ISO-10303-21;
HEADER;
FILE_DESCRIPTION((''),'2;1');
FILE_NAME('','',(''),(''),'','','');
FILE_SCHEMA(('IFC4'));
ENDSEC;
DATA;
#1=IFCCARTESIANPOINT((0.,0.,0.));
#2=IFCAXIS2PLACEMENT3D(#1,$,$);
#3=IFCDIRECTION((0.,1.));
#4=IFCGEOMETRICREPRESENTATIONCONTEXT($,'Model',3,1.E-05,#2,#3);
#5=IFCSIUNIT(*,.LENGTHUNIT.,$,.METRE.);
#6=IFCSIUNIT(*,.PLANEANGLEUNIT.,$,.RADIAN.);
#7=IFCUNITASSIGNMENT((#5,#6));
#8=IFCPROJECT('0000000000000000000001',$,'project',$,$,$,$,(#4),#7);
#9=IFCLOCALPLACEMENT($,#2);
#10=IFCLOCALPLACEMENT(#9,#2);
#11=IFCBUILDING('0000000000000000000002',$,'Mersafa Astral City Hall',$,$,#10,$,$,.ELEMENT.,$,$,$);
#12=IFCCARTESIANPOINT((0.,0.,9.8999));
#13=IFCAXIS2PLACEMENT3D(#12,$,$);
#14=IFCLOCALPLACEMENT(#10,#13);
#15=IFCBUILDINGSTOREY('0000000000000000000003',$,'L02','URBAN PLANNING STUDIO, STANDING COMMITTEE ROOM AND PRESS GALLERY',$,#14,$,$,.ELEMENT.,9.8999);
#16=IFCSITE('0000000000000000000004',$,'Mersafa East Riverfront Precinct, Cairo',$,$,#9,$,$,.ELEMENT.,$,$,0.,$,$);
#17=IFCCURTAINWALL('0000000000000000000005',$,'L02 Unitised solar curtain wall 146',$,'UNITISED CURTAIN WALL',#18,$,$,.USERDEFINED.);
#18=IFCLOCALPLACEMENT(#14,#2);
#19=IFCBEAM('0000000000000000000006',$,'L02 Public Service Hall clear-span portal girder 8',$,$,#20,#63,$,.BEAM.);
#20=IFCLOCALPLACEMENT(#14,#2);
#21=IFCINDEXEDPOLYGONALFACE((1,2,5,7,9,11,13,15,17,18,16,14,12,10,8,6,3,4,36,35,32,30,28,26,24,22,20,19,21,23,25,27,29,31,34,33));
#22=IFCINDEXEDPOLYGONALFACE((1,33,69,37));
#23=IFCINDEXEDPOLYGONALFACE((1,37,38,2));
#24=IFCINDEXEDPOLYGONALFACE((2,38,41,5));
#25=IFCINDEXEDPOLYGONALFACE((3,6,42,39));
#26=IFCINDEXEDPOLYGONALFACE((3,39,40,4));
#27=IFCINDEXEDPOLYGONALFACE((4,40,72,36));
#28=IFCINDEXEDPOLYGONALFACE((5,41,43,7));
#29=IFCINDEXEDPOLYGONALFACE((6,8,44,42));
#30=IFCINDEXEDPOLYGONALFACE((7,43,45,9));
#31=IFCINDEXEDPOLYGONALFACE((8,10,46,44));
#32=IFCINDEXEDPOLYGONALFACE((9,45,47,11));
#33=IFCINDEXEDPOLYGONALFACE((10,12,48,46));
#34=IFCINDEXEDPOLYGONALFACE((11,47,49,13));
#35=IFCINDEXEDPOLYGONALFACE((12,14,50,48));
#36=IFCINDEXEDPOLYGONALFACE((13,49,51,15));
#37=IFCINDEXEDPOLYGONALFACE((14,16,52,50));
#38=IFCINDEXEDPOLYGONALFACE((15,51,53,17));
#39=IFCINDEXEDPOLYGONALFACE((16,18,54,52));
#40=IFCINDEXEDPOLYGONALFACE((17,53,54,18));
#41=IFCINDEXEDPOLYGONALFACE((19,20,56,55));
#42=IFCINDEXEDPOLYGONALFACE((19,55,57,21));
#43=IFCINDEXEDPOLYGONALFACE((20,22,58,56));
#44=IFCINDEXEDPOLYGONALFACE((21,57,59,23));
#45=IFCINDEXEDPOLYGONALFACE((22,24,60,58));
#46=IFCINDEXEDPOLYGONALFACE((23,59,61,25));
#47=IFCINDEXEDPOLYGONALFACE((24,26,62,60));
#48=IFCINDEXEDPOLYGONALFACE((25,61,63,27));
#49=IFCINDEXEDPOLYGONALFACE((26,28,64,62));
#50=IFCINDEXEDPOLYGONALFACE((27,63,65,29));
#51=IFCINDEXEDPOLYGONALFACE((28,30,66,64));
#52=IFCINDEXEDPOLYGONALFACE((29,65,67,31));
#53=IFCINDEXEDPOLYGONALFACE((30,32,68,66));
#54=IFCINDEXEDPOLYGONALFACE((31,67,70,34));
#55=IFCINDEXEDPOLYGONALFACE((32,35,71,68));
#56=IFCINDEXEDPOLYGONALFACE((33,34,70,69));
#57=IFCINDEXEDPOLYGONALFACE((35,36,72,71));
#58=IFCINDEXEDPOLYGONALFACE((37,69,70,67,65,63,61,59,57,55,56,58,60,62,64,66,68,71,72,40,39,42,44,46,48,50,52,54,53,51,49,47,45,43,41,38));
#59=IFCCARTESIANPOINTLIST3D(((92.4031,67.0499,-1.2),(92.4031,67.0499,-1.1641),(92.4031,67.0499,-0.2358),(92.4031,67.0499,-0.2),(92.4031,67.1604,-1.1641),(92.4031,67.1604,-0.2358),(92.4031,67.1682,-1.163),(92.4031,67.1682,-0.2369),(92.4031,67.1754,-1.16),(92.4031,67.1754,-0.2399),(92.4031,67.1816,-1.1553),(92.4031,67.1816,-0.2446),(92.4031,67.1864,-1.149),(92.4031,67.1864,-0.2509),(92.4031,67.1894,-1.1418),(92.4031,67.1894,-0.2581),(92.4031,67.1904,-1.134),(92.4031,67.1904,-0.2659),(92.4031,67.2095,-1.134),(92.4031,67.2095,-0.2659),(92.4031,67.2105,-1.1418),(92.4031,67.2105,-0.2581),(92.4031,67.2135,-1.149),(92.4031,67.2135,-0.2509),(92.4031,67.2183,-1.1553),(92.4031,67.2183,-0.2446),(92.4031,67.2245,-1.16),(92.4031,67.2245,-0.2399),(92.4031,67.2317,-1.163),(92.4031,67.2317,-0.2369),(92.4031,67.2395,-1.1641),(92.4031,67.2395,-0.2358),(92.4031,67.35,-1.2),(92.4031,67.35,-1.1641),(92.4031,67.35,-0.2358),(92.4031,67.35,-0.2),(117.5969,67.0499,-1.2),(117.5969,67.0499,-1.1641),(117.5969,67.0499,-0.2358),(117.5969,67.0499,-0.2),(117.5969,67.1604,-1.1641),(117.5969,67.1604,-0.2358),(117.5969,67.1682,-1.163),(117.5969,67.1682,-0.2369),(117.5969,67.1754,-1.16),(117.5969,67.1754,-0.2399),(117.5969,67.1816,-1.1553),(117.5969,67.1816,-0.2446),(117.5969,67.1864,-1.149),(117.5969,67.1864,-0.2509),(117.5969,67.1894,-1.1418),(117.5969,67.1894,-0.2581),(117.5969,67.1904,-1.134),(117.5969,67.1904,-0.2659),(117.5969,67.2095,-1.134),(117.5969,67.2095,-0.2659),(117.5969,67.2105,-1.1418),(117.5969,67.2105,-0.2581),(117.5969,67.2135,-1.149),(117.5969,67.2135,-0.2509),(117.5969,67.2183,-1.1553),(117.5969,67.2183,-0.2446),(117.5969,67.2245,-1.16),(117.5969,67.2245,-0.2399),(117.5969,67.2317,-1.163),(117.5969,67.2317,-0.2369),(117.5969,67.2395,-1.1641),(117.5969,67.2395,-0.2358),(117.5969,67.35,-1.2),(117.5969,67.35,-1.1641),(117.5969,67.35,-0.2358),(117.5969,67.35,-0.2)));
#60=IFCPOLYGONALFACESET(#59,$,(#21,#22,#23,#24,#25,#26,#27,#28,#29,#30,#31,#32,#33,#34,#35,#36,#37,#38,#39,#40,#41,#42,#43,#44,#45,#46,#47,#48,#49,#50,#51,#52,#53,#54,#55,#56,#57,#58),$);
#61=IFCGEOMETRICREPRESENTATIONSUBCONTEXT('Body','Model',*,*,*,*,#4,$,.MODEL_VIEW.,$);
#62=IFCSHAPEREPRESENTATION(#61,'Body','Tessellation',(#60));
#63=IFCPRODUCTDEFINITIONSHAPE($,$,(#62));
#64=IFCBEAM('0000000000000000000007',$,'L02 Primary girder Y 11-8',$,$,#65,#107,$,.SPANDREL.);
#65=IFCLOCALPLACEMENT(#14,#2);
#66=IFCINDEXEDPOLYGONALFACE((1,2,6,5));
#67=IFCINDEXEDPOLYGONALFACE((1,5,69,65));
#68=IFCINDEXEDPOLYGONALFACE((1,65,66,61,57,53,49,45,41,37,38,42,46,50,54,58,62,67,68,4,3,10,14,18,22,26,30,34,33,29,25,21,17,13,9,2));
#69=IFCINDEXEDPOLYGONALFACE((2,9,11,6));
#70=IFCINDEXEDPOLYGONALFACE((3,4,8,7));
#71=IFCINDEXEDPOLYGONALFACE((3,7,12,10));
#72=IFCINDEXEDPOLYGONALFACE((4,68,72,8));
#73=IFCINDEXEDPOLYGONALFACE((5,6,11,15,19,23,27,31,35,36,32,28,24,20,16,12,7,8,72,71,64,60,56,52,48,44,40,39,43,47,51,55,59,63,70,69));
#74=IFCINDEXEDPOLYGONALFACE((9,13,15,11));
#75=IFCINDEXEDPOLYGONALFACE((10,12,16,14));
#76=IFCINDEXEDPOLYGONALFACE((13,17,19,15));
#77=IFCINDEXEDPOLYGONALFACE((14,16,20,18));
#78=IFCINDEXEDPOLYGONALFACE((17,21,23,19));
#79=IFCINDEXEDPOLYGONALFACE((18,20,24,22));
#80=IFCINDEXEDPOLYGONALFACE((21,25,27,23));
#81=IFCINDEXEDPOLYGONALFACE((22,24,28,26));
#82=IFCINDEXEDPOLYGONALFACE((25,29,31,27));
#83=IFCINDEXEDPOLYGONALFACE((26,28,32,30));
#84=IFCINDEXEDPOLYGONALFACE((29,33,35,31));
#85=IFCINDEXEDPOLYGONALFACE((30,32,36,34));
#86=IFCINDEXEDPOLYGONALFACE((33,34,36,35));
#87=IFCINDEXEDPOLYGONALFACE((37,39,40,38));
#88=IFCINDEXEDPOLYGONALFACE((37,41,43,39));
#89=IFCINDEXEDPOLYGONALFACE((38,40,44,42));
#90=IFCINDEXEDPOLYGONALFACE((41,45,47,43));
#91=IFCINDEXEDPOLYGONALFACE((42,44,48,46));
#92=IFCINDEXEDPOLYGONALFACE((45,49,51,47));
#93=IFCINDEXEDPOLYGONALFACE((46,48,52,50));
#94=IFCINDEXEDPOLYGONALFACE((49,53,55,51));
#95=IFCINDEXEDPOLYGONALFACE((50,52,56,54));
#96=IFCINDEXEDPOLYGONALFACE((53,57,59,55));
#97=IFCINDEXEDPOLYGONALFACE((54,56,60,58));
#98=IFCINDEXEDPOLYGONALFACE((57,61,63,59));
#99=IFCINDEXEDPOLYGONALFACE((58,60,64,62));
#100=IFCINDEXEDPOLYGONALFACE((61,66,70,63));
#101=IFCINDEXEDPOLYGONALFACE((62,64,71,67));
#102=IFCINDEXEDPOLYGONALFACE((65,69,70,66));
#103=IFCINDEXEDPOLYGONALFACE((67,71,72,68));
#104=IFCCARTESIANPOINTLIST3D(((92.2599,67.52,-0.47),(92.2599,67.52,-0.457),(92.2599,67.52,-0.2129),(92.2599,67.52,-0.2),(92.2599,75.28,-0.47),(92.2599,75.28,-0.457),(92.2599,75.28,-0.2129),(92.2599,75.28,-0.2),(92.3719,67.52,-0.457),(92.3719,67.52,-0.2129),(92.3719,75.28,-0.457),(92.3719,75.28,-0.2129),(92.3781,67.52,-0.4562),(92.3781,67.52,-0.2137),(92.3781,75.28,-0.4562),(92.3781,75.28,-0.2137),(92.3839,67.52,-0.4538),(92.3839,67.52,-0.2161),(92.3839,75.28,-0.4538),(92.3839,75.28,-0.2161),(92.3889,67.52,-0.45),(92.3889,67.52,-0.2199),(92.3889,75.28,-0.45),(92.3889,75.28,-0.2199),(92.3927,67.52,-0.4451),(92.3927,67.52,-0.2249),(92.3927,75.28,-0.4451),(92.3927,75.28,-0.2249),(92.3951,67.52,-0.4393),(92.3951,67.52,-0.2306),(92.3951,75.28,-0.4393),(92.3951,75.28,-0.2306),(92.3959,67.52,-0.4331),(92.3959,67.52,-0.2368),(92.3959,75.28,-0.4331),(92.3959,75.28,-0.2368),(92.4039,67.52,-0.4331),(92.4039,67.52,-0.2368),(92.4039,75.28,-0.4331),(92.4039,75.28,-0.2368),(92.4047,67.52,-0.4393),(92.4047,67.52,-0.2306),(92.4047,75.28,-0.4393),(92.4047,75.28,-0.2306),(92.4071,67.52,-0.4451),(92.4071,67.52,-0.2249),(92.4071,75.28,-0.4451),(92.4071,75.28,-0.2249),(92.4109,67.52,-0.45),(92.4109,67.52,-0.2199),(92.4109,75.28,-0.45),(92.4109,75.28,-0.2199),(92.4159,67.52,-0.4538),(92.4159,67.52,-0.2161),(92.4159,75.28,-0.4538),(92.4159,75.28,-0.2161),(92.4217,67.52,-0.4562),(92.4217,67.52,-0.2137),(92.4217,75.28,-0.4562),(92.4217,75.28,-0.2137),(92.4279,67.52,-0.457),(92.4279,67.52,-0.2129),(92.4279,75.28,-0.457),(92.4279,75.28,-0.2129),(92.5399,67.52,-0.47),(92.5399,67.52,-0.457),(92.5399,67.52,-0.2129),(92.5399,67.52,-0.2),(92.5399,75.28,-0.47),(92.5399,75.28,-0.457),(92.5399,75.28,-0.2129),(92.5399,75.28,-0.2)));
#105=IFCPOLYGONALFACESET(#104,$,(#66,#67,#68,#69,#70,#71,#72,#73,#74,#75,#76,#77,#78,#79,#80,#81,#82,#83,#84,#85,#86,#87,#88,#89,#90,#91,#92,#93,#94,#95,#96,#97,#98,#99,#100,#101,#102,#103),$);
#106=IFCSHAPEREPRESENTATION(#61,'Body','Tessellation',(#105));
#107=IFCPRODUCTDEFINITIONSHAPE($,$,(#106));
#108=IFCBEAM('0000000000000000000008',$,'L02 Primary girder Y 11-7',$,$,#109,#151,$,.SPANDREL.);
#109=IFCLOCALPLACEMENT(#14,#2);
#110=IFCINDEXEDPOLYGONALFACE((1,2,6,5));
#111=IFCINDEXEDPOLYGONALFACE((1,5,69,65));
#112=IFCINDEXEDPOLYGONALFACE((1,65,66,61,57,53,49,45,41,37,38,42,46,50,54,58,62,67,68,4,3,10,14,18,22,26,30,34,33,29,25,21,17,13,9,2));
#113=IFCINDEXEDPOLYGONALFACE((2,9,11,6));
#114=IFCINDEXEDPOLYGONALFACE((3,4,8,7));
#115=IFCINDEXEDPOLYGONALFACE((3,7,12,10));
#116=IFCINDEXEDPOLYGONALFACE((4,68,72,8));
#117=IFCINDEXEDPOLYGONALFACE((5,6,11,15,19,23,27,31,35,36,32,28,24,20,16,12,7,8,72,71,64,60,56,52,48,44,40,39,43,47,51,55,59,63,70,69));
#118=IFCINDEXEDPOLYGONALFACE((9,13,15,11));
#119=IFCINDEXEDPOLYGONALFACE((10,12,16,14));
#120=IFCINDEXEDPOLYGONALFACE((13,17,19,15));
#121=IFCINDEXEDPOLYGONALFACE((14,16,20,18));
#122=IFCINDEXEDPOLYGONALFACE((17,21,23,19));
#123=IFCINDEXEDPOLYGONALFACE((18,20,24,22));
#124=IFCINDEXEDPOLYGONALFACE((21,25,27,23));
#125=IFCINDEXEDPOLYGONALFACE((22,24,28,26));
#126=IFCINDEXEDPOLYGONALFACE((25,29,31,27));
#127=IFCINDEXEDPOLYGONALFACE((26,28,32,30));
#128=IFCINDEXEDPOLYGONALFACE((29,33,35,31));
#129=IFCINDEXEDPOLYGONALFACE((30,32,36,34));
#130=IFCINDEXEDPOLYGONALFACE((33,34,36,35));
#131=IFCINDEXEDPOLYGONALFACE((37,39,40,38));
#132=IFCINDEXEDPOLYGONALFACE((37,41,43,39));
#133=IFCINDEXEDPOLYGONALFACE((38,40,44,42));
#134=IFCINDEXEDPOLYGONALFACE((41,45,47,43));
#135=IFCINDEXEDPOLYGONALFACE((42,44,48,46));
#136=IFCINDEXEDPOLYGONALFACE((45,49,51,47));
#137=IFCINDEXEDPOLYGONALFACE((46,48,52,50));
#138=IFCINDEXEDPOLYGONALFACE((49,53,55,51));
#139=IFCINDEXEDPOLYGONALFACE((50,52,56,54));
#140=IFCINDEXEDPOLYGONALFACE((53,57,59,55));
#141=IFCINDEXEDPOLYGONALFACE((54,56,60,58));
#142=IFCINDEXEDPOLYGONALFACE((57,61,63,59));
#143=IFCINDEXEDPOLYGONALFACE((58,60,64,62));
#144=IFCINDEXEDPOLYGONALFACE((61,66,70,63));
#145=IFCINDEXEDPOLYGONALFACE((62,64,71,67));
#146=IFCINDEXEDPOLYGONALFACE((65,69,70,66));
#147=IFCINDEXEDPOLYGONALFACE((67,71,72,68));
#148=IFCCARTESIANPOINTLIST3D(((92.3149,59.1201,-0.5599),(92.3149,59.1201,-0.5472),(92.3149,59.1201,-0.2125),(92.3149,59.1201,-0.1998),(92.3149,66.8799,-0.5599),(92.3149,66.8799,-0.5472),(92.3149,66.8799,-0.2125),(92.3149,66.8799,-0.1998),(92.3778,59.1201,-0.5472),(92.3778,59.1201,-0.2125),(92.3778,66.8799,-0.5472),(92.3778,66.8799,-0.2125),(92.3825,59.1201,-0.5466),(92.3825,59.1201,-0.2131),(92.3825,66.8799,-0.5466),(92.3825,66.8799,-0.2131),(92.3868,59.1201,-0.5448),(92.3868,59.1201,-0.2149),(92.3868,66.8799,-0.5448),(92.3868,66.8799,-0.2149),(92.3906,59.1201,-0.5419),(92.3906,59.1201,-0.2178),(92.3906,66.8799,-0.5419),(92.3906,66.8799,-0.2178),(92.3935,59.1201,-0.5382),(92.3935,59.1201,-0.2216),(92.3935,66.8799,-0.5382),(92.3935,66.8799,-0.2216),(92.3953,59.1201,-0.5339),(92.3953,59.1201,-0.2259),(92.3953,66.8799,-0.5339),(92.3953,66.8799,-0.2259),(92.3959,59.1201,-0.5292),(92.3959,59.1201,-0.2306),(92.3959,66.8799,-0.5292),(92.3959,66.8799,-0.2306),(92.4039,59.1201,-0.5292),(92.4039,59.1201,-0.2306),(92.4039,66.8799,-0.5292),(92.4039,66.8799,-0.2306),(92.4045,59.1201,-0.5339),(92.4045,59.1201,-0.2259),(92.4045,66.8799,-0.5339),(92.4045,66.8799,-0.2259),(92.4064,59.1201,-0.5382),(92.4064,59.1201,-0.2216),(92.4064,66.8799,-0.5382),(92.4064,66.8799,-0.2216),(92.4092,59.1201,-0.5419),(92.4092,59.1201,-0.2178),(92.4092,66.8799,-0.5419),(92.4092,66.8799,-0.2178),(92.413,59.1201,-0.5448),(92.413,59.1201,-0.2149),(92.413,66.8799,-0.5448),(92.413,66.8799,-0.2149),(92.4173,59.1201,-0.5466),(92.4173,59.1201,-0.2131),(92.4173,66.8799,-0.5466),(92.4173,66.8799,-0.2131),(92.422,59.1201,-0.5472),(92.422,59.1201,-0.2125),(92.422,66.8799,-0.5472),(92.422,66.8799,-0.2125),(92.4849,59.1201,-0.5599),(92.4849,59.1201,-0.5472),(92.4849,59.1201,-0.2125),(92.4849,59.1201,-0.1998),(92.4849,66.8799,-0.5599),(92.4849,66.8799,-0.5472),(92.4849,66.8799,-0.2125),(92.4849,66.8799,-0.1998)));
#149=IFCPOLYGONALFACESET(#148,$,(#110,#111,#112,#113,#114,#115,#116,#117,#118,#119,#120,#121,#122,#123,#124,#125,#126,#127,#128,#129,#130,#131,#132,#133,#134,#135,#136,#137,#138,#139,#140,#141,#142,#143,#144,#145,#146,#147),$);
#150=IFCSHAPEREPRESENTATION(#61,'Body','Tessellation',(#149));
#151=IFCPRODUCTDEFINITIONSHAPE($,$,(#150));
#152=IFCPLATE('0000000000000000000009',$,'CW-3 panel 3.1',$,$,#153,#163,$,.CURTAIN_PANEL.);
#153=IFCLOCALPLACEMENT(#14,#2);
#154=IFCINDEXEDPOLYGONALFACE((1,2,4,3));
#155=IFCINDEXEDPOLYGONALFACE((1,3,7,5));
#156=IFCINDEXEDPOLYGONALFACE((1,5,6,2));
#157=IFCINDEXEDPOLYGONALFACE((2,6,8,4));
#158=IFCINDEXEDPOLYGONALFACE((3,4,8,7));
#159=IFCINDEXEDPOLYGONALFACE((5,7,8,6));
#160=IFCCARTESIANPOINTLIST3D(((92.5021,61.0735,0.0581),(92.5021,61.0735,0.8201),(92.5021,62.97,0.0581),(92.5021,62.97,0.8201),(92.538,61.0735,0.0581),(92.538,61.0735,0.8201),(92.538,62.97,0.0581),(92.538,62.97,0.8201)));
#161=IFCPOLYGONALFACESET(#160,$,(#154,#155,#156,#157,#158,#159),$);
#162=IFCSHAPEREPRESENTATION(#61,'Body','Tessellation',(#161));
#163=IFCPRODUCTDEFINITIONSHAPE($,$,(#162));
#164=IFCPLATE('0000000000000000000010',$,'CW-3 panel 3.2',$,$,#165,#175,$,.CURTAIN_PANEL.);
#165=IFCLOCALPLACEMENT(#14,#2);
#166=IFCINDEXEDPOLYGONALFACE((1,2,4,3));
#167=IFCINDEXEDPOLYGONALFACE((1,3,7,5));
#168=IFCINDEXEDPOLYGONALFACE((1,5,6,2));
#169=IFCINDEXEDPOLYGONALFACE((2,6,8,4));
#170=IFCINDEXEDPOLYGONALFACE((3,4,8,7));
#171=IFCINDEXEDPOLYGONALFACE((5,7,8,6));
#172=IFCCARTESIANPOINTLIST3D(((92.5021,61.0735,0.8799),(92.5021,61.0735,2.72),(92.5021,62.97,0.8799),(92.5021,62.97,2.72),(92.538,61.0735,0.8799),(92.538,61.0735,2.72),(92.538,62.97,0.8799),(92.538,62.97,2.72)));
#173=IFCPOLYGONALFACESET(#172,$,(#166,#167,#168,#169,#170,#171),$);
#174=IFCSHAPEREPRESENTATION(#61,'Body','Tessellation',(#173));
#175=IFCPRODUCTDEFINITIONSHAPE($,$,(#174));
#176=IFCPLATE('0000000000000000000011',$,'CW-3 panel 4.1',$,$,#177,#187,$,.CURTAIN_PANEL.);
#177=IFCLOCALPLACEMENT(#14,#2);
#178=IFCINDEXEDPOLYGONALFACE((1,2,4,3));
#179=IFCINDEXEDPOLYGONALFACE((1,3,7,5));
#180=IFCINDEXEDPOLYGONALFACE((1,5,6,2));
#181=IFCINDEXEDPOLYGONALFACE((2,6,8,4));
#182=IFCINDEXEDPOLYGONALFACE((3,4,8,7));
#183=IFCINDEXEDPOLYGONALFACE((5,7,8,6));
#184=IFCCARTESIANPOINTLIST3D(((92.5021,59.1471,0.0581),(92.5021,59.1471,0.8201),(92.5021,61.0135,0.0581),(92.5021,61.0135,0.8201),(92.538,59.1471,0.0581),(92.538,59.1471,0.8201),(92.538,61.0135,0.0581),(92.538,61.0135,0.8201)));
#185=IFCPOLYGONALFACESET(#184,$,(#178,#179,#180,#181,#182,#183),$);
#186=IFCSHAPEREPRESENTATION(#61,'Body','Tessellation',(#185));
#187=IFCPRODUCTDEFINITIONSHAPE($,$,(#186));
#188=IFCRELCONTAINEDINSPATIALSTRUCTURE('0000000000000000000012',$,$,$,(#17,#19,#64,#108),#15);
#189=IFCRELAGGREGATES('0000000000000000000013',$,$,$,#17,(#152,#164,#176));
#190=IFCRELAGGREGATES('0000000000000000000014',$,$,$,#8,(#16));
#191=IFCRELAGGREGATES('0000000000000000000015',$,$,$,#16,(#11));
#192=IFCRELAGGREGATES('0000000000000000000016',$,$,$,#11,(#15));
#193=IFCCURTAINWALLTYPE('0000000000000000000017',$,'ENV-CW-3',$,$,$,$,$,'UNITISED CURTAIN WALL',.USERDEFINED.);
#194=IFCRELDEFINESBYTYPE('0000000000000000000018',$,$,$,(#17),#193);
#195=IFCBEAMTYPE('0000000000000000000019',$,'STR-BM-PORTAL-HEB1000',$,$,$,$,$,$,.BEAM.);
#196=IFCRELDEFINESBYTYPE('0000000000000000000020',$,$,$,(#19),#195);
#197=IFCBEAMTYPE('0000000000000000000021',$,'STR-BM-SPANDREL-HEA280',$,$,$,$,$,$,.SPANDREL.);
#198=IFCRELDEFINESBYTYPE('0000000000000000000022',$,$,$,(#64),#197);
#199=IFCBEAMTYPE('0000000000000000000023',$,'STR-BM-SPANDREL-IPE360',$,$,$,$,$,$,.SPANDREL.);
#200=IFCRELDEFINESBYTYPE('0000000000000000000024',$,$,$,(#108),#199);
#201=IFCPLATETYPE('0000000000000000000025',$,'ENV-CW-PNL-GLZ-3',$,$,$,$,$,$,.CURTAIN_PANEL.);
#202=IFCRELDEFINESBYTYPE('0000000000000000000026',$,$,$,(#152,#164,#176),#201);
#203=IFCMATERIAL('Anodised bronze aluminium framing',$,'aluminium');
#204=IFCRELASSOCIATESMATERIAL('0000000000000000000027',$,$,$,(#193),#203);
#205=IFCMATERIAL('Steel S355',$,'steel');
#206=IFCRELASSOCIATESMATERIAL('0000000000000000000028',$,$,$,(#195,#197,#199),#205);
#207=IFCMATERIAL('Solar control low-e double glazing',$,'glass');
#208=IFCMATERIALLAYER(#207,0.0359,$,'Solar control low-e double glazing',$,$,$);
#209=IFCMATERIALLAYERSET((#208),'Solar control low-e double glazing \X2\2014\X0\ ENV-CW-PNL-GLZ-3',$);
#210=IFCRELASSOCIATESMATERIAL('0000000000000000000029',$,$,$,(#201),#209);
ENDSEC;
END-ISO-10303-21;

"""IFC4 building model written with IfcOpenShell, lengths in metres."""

from ifc_helpers import new_model, si_unit, direction, frame, origin, origin_2d, place, context, subcontext, project, spatial, rectangle, i_section, extrude, material, layer, layer_set, material_profile, profile_set, type_object, element, aggregate, save


model = new_model("IFC4")

# Units and contexts
model_context = context("Model", 3, precision=1e-05, world=origin(), true_north=direction((0.0, 1.0)))
body_context = subcontext(model_context, "Body", "Model", "MODEL_VIEW")
ifc_project = project(units=[si_unit("LENGTHUNIT", "METRE"), si_unit("PLANEANGLEUNIT", "RADIAN")], contexts=[model_context])

# Site, building, storey
site_placement = place(None, origin())
site = spatial("IfcSite", under=ifc_project, at=site_placement, Name="Mersafa East Riverfront Precinct, Cairo", CompositionType="ELEMENT", RefElevation=0.0)
building_placement = place(site_placement, origin())
building = spatial("IfcBuilding", under=site, at=building_placement, Name="Mersafa Astral City Hall", CompositionType="ELEMENT")
storey_placement = place(building_placement, frame((0.0, 0.0, 9.8999)))
storey = spatial("IfcBuildingStorey", under=building, at=storey_placement, Name="L02", Description="URBAN PLANNING STUDIO, STANDING COMMITTEE ROOM AND PRESS GALLERY", CompositionType="ELEMENT", Elevation=9.8999)

# Shared definitions
ifc_material_1 = material(Name="Steel S355", Category="steel")

# Curtain wall
ifc_material_2 = material(Name="Anodised bronze aluminium framing", Category="aluminium")
curtain_wall_type = type_object("IfcCurtainWallType", Name="ENV-CW-3", ElementType="UNITISED CURTAIN WALL", PredefinedType="USERDEFINED", material=ifc_material_2)
curtain_wall_placement = place(storey_placement, origin())
curtain_wall = element("IfcCurtainWall", 1, at=curtain_wall_placement, inside=storey, type_object=curtain_wall_type, Name="L02 Unitised solar curtain wall 146", ObjectType="UNITISED CURTAIN WALL", PredefinedType="USERDEFINED")

# Beams
ifc_material_profile_1 = material_profile(ifc_material_1, i_section(OverallWidth=0.3, OverallDepth=1.0, WebThickness=0.019, FlangeThickness=0.0359, FilletRadius=0.03, at=origin_2d()), Name="HEB 1000")
ifc_profile_set_1 = profile_set([ifc_material_profile_1], Name="Steel S355")
beam_type_1 = type_object("IfcBeamType", Name="STR-BM-PORTAL-HEB1000", PredefinedType="BEAM", material=ifc_profile_set_1)
beam_1_placement = place(storey_placement, frame((92.4031, 67.2, -0.7), z_axis=(1.0, 0.0, 0.0), x_axis=(0.0, 1.0, 0.0)))
element("IfcBeam", 2, at=beam_1_placement, inside=storey, type_object=beam_type_1, Name="L02 Public Service Hall clear-span portal girder 8", PredefinedType="BEAM", context=body_context, shape_type="SweptSolid", body=[
    extrude(i_section(OverallWidth=0.3, OverallDepth=1.0, WebThickness=0.019, FlangeThickness=0.0359, FilletRadius=0.03, at=origin_2d()), origin(), (0.0, 0.0, 1.0), 25.1938),
])
ifc_material_profile_2 = material_profile(ifc_material_1, i_section(OverallWidth=0.28, OverallDepth=0.27, WebThickness=0.0081, FlangeThickness=0.0129, FilletRadius=0.0239, at=origin_2d()), Name="HEA 280")
ifc_profile_set_2 = profile_set([ifc_material_profile_2], Name="Steel S355")
beam_type_2 = type_object("IfcBeamType", Name="STR-BM-SPANDREL-HEA280", PredefinedType="SPANDREL", material=ifc_profile_set_2)
beam_2_placement = place(storey_placement, frame((92.3999, 67.52, -0.335), z_axis=(0.0, 1.0, 0.0), x_axis=(-1.0, 0.0, 0.0)))
element("IfcBeam", 3, at=beam_2_placement, inside=storey, type_object=beam_type_2, Name="L02 Primary girder Y 11-8", PredefinedType="SPANDREL", context=body_context, shape_type="SweptSolid", body=[
    extrude(i_section(OverallWidth=0.28, OverallDepth=0.27, WebThickness=0.0081, FlangeThickness=0.0129, FilletRadius=0.0239, at=origin_2d()), origin(), (0.0, 0.0, 1.0), 7.76),
])
ifc_material_profile_3 = material_profile(ifc_material_1, i_section(OverallWidth=0.1699, OverallDepth=0.3601, WebThickness=0.0081, FlangeThickness=0.0127, FilletRadius=0.0181, at=origin_2d()), Name="IPE 360")
ifc_profile_set_3 = profile_set([ifc_material_profile_3], Name="Steel S355")
beam_type_3 = type_object("IfcBeamType", Name="STR-BM-SPANDREL-IPE360", PredefinedType="SPANDREL", material=ifc_profile_set_3)
beam_3_placement = place(storey_placement, frame((92.3999, 59.1201, -0.3799), z_axis=(0.0, 1.0, 0.0), x_axis=(-1.0, 0.0, 0.0)))
element("IfcBeam", 4, at=beam_3_placement, inside=storey, type_object=beam_type_3, Name="L02 Primary girder Y 11-7", PredefinedType="SPANDREL", context=body_context, shape_type="SweptSolid", body=[
    extrude(i_section(OverallWidth=0.1699, OverallDepth=0.3601, WebThickness=0.0081, FlangeThickness=0.0127, FilletRadius=0.0181, at=origin_2d()), origin(), (0.0, 0.0, 1.0), 7.7598),
])

# Plates
ifc_material_3 = material(Name="Solar control low-e double glazing", Category="glass")
ifc_layer_1 = layer(ifc_material_3, 0.0359, Name="Solar control low-e double glazing")
ifc_layer_set_1 = layer_set([ifc_layer_1], Name="Solar control low-e double glazing — ENV-CW-PNL-GLZ-3")
plate_type_1 = type_object("IfcPlateType", Name="ENV-CW-PNL-GLZ-3", PredefinedType="CURTAIN_PANEL", material=ifc_layer_set_1)
plate_1_placement = place(storey_placement, frame((92.52, 62.0217, 0.0581), z_axis=(0.0, 0.0, 1.0), x_axis=(0.0, -1.0, 0.0)))
plate_1 = element("IfcPlate", 5, at=plate_1_placement, type_object=plate_type_1, Name="CW-3 panel 3.1", PredefinedType="CURTAIN_PANEL", context=body_context, shape_type="SweptSolid", body=[
    extrude(rectangle(XDim=1.8965, YDim=0.0359, at=origin_2d()), origin(), (0.0, 0.0, 1.0), 0.762),
])
plate_2_placement = place(storey_placement, frame((92.52, 62.0217, 0.8799), z_axis=(0.0, 0.0, 1.0), x_axis=(0.0, -1.0, 0.0)))
plate_2 = element("IfcPlate", 6, at=plate_2_placement, type_object=plate_type_1, Name="CW-3 panel 3.2", PredefinedType="CURTAIN_PANEL", context=body_context, shape_type="SweptSolid", body=[
    extrude(rectangle(XDim=1.8965, YDim=0.0359, at=origin_2d()), origin(), (0.0, 0.0, 1.0), 1.8401),
])
plate_3_placement = place(storey_placement, frame((92.52, 60.0803, 0.0581), z_axis=(0.0, 0.0, 1.0), x_axis=(0.0, -1.0, 0.0)))
plate_3 = element("IfcPlate", 7, at=plate_3_placement, type_object=plate_type_1, Name="CW-3 panel 4.1", PredefinedType="CURTAIN_PANEL", context=body_context, shape_type="SweptSolid", body=[
    extrude(rectangle(XDim=1.8665, YDim=0.0359, at=origin_2d()), origin(), (0.0, 0.0, 1.0), 0.762),
])
aggregate(curtain_wall, [plate_1, plate_2, plate_3])

save(model, "model.ifc")
